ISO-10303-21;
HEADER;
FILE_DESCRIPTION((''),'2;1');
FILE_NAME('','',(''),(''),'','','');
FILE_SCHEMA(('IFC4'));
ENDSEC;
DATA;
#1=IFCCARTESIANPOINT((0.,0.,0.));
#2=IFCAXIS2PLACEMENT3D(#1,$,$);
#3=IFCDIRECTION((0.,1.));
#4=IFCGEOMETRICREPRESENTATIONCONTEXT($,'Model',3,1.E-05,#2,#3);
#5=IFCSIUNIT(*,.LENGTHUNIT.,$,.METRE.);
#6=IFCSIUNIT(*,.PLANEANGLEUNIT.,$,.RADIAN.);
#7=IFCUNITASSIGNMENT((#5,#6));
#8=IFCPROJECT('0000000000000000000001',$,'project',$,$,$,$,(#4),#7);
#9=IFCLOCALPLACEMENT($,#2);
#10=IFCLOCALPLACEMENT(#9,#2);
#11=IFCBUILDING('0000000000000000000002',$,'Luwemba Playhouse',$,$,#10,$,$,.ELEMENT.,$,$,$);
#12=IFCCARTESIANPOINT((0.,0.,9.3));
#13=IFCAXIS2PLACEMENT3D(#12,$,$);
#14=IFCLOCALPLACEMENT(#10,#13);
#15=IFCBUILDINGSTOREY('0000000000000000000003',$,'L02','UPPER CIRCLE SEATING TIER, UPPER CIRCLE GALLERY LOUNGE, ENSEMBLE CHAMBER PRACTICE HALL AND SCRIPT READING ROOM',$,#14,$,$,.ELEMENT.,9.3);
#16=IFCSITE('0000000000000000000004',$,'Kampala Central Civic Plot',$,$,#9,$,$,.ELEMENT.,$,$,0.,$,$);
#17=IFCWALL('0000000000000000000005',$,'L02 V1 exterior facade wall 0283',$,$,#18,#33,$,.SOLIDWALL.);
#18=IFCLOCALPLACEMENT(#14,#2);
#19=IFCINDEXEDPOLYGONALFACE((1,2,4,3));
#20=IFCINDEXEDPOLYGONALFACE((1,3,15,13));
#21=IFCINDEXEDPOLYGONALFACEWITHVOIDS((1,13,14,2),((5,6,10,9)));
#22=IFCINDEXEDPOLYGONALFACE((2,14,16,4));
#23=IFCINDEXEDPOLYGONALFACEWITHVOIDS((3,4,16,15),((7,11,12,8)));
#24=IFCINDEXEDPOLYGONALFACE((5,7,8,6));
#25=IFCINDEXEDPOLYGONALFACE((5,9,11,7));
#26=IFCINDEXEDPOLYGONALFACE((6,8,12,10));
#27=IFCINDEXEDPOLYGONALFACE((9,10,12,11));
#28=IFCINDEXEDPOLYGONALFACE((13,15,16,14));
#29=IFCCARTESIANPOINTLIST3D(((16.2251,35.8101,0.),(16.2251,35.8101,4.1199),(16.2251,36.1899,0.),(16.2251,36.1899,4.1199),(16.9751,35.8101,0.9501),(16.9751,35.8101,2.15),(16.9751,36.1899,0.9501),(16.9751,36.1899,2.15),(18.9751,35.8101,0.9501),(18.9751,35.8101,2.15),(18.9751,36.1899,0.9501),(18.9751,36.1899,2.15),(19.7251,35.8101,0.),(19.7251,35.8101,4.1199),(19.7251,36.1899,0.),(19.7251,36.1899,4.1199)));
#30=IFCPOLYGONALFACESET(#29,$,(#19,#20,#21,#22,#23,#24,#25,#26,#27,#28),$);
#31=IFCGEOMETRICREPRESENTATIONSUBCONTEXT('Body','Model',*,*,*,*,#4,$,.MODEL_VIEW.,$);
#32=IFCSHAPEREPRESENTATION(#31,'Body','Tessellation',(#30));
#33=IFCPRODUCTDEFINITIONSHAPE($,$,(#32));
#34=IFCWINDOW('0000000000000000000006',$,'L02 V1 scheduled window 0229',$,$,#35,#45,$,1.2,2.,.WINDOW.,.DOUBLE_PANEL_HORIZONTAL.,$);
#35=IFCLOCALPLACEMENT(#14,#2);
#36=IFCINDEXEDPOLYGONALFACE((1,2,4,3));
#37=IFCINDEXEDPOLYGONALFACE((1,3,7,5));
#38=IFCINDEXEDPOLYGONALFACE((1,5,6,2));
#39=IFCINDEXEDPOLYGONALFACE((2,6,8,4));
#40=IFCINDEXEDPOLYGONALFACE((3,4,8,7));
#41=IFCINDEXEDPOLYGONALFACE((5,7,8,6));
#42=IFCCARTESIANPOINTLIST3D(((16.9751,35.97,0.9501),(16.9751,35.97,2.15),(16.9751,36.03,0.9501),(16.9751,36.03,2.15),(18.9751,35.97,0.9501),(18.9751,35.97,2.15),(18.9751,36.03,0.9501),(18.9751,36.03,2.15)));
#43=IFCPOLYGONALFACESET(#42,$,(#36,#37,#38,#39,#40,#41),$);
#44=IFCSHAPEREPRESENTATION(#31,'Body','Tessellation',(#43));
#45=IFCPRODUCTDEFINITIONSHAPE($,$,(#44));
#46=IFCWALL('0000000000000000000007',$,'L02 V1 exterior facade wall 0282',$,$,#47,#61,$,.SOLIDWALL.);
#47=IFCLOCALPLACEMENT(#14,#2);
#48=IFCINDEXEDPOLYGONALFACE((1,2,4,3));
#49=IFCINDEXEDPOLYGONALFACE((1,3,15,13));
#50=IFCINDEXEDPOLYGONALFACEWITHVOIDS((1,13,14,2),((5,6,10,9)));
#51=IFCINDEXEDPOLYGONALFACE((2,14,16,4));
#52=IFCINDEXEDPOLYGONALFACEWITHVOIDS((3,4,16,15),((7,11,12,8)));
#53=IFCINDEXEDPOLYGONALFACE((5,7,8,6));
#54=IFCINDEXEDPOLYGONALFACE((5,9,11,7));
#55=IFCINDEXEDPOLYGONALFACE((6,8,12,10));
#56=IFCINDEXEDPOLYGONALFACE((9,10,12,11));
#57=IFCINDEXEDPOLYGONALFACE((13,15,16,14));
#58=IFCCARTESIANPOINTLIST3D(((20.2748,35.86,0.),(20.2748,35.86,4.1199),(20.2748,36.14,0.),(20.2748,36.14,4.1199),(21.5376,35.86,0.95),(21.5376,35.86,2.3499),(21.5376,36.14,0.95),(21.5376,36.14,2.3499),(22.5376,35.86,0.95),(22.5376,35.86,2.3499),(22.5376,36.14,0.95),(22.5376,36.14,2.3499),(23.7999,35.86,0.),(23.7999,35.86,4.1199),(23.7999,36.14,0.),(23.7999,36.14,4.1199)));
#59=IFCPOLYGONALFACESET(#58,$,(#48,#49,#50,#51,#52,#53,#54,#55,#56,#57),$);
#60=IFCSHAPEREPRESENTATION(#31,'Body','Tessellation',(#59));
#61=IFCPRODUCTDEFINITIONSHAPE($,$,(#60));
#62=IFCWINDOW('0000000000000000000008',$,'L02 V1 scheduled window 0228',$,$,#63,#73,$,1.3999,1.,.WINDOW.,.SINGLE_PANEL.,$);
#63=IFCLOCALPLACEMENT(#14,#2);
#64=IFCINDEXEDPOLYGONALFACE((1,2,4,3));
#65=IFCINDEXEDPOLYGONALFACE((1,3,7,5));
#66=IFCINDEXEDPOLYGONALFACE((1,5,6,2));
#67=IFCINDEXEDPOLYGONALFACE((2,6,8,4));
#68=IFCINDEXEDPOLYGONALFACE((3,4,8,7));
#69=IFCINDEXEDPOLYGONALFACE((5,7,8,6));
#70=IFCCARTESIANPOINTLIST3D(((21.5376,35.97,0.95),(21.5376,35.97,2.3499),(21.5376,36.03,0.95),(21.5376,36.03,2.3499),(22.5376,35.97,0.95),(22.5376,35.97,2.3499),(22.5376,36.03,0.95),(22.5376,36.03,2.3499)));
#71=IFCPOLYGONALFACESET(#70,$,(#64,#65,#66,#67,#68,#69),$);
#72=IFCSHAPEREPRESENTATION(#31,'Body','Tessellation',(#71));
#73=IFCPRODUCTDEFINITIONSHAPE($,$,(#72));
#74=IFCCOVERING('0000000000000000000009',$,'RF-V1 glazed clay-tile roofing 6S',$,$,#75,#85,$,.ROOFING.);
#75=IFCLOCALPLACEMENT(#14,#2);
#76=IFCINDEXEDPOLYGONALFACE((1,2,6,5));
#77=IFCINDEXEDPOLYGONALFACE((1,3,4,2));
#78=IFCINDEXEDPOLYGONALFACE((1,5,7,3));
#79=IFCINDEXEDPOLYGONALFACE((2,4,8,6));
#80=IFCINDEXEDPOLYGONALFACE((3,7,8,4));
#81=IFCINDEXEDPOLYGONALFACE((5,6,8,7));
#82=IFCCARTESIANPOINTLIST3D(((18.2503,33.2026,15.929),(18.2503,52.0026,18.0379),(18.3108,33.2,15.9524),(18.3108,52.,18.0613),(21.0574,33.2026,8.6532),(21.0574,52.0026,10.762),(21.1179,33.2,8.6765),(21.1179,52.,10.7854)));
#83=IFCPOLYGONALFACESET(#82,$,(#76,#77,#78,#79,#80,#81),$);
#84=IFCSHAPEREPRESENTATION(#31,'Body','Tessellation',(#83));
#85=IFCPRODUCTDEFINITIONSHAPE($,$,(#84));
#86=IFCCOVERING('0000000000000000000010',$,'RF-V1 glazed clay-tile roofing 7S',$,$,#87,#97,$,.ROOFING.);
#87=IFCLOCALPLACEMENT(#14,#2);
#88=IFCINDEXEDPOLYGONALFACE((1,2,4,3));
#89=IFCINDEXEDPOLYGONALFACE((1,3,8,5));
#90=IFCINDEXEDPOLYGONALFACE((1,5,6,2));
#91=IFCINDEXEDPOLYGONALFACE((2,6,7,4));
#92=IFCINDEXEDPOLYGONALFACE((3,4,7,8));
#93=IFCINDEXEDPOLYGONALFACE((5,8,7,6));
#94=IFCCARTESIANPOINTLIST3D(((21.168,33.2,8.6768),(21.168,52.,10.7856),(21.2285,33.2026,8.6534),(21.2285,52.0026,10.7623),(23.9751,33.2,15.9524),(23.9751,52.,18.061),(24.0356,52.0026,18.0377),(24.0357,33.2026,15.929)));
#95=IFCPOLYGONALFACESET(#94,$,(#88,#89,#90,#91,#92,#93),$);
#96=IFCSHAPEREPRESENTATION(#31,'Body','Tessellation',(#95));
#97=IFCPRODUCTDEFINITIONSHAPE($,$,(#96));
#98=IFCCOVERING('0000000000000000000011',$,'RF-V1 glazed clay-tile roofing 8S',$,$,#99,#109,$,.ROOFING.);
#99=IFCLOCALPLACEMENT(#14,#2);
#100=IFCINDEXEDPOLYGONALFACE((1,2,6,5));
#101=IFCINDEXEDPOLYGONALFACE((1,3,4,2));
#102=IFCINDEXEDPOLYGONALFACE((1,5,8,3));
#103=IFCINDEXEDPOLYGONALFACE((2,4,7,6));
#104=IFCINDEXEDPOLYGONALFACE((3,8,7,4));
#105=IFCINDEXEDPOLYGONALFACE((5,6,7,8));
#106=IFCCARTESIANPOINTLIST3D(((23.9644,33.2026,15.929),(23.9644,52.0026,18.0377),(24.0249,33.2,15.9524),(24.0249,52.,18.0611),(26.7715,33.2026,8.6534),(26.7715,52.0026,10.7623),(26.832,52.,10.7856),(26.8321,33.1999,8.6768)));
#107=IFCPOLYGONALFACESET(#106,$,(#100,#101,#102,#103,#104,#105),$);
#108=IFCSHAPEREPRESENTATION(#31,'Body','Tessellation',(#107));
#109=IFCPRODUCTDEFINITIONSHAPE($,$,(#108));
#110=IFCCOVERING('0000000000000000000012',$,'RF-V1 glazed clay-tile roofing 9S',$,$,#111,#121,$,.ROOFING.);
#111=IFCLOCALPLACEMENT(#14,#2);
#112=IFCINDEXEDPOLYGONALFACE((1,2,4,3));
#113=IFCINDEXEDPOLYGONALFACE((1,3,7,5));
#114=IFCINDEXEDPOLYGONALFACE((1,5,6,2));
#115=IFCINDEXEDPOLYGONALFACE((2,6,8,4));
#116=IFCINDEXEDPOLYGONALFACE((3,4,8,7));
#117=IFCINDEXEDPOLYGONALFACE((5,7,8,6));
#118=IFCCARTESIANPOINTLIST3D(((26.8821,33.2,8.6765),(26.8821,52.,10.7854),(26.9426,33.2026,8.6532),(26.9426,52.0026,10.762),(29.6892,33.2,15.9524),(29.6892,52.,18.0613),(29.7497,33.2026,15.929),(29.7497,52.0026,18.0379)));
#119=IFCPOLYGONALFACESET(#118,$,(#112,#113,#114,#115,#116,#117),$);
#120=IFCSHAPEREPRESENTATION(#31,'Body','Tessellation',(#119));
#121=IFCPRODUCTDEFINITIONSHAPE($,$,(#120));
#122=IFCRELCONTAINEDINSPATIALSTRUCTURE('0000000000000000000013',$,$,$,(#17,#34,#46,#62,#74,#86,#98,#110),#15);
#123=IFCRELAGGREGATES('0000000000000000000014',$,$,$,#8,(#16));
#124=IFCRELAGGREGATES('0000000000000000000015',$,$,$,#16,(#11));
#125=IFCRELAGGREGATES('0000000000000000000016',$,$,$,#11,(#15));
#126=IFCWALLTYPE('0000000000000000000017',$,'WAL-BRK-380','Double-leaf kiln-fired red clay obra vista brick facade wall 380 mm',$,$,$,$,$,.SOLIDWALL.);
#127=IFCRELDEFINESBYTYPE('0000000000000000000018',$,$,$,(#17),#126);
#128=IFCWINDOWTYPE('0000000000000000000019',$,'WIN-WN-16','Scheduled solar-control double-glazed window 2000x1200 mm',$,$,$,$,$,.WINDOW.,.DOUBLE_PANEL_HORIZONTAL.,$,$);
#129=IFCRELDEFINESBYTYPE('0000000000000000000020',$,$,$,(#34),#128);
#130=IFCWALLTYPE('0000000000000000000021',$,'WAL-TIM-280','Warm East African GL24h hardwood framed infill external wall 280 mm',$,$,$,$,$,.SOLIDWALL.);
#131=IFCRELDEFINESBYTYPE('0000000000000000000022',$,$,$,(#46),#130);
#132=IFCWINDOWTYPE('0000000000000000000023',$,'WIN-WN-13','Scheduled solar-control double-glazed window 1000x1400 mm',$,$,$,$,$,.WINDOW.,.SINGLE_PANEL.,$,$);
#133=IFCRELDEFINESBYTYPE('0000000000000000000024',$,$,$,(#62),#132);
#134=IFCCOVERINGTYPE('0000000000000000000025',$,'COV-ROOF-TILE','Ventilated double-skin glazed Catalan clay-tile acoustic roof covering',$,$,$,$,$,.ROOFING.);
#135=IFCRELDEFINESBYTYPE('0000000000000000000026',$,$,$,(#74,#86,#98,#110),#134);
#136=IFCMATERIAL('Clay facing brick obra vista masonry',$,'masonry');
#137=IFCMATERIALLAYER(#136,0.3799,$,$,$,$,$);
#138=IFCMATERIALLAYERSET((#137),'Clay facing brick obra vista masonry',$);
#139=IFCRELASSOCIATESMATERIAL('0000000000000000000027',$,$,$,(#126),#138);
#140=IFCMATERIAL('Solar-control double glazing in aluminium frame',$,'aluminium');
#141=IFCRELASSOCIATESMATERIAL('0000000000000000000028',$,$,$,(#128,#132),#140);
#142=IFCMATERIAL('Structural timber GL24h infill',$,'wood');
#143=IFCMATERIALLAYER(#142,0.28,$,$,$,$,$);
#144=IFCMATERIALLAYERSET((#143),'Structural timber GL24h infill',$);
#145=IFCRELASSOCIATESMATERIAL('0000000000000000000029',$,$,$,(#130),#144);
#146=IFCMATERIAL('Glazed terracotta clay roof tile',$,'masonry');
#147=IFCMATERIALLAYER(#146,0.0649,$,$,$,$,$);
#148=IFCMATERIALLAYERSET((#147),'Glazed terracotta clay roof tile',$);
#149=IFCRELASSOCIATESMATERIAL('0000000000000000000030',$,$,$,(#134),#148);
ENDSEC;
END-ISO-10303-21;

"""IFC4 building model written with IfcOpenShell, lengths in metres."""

from ifc_helpers import new_model, si_unit, direction, frame, frame_2d, origin, place, context, subcontext, project, spatial, polyline, rectangle, outline, extrude, material, layer, layer_set, type_object, element, fill, save


model = new_model("IFC4")

# Units and contexts
model_context = context("Model", 3, precision=1e-05, world=origin(), true_north=direction((0.0, 1.0)))
body_context = subcontext(model_context, "Body", "Model", "MODEL_VIEW")
ifc_project = project(units=[si_unit("LENGTHUNIT", "METRE"), si_unit("PLANEANGLEUNIT", "RADIAN")], contexts=[model_context])

# Site, building, storey
site_placement = place(None, origin())
site = spatial("IfcSite", under=ifc_project, at=site_placement, Name="Kampala Central Civic Plot", CompositionType="ELEMENT", RefElevation=0.0)
building_placement = place(site_placement, origin())
building = spatial("IfcBuilding", under=site, at=building_placement, Name="Luwemba Playhouse", CompositionType="ELEMENT")
storey_placement = place(building_placement, frame((0.0, 0.0, 9.3)))
storey = spatial("IfcBuildingStorey", under=building, at=storey_placement, Name="L02", Description="UPPER CIRCLE SEATING TIER, UPPER CIRCLE GALLERY LOUNGE, ENSEMBLE CHAMBER PRACTICE HALL AND SCRIPT READING ROOM", CompositionType="ELEMENT", Elevation=9.3)

# Walls, openings, windows
ifc_material_1 = material(Name="Clay facing brick obra vista masonry", Category="masonry")
ifc_layer_1 = layer(ifc_material_1, 0.3799)
ifc_layer_set_1 = layer_set([ifc_layer_1], Name="Clay facing brick obra vista masonry")
wall_type_1 = type_object("IfcWallType", Name="WAL-BRK-380", Description="Double-leaf kiln-fired red clay obra vista brick facade wall 380 mm", PredefinedType="SOLIDWALL", material=ifc_layer_set_1)
ifc_material_2 = material(Name="Solar-control double glazing in aluminium frame", Category="aluminium")
wall_1_placement = place(storey_placement, frame((19.7251, 36.0, 0.0), z_axis=(0.0, 0.0, 1.0), x_axis=(-1.0, 0.0, 0.0)))
wall_1 = element("IfcWall", 1, at=wall_1_placement, inside=storey, type_object=wall_type_1, Name="L02 V1 exterior facade wall 0283", PredefinedType="SOLIDWALL", context=body_context, shape_type="SweptSolid", body=[
    extrude(rectangle(XDim=3.5, YDim=0.3799, at=frame_2d((1.75, 0.0))), origin(), (0.0, 0.0, 1.0), 4.1199),
])
opening_1_placement = place(wall_1_placement, frame((0.75, 0.0, 0.95)))
opening_1 = element("IfcOpeningElement", 2, at=opening_1_placement, cuts=wall_1, PredefinedType="OPENING", context=body_context, shape_type="SweptSolid", body=[
    extrude(rectangle(XDim=2.0, YDim=1.2, at=frame_2d((1.0, 0.6001))), frame((0.0, 0.2, 0.0), z_axis=(0.0, -1.0, 0.0), x_axis=(1.0, 0.0, 0.0)), (0.0, 0.0, 1.0), 0.3999),
])
window_type_1 = type_object("IfcWindowType", Name="WIN-WN-16", Description="Scheduled solar-control double-glazed window 2000x1200 mm", PartitioningType="DOUBLE_PANEL_HORIZONTAL", PredefinedType="WINDOW", material=ifc_material_2)
window_1_placement = place(opening_1_placement, origin())
window_1 = element("IfcWindow", 3, at=window_1_placement, inside=storey, type_object=window_type_1, Name="L02 V1 scheduled window 0229", OverallHeight=1.2, OverallWidth=2.0, PartitioningType="DOUBLE_PANEL_HORIZONTAL", PredefinedType="WINDOW", context=body_context, shape_type="SweptSolid", body=[
    extrude(rectangle(XDim=2.0, YDim=1.2, at=frame_2d((1.0, 0.6001))), frame((0.0, 0.03, 0.0), z_axis=(0.0, -1.0, 0.0), x_axis=(1.0, 0.0, 0.0)), (0.0, 0.0, 1.0), 0.0601),
])
fill(opening_1, window_1)
ifc_material_3 = material(Name="Structural timber GL24h infill", Category="wood")
ifc_layer_2 = layer(ifc_material_3, 0.28)
ifc_layer_set_2 = layer_set([ifc_layer_2], Name="Structural timber GL24h infill")
wall_type_2 = type_object("IfcWallType", Name="WAL-TIM-280", Description="Warm East African GL24h hardwood framed infill external wall 280 mm", PredefinedType="SOLIDWALL", material=ifc_layer_set_2)
wall_2_placement = place(storey_placement, frame((23.8, 36.0, 0.0), z_axis=(0.0, 0.0, 1.0), x_axis=(-1.0, 0.0, 0.0)))
wall_2 = element("IfcWall", 4, at=wall_2_placement, inside=storey, type_object=wall_type_2, Name="L02 V1 exterior facade wall 0282", PredefinedType="SOLIDWALL", context=body_context, shape_type="SweptSolid", body=[
    extrude(rectangle(XDim=3.5251, YDim=0.28, at=frame_2d((1.7627, 0.0))), origin(), (0.0, 0.0, 1.0), 4.1199),
])
opening_2_placement = place(wall_2_placement, frame((1.2625, 0.0, 0.95)))
opening_2 = element("IfcOpeningElement", 5, at=opening_2_placement, cuts=wall_2, PredefinedType="OPENING", context=body_context, shape_type="SweptSolid", body=[
    extrude(rectangle(XDim=1.0, YDim=1.3999, at=frame_2d((0.5, 0.7))), frame((0.0, 0.1499, 0.0), z_axis=(0.0, -1.0, 0.0), x_axis=(1.0, 0.0, 0.0)), (0.0, 0.0, 1.0), 0.3),
])
window_type_2 = type_object("IfcWindowType", Name="WIN-WN-13", Description="Scheduled solar-control double-glazed window 1000x1400 mm", PartitioningType="SINGLE_PANEL", PredefinedType="WINDOW", material=ifc_material_2)
window_2_placement = place(opening_2_placement, origin())
window_2 = element("IfcWindow", 6, at=window_2_placement, inside=storey, type_object=window_type_2, Name="L02 V1 scheduled window 0228", OverallHeight=1.3999, OverallWidth=1.0, PartitioningType="SINGLE_PANEL", PredefinedType="WINDOW", context=body_context, shape_type="SweptSolid", body=[
    extrude(rectangle(XDim=1.0, YDim=1.3999, at=frame_2d((0.5, 0.7))), frame((0.0, 0.03, 0.0), z_axis=(0.0, -1.0, 0.0), x_axis=(1.0, 0.0, 0.0)), (0.0, 0.0, 1.0), 0.0601),
])
fill(opening_2, window_2)

# Coverings
ifc_material_4 = material(Name="Glazed terracotta clay roof tile", Category="masonry")
ifc_layer_3 = layer(ifc_material_4, 0.0649)
ifc_layer_set_3 = layer_set([ifc_layer_3], Name="Glazed terracotta clay roof tile")
covering_type = type_object("IfcCoveringType", Name="COV-ROOF-TILE", Description="Ventilated double-skin glazed Catalan clay-tile acoustic roof covering", PredefinedType="ROOFING", material=ifc_layer_set_3)
covering_1_placement = place(storey_placement, frame((18.3108, 33.2, 15.9524), z_axis=(0.932211, -0.040345, 0.359659), x_axis=(0.359952, 0.0, -0.932971)))
element("IfcCovering", 7, at=covering_1_placement, inside=storey, type_object=covering_type, Name="RF-V1 glazed clay-tile roofing 6S", PredefinedType="ROOFING", context=body_context, shape_type="SweptSolid", body=[
    extrude(outline(polyline([(0.0, 0.0), (7.7986, 0.0), (5.8311, 18.8154), (-1.9675, 18.8154), (0.0, 0.0)])), origin(), (0.0, 0.0, -1.0), 0.0649),
])
covering_2_placement = place(storey_placement, frame((21.168, 33.2, 8.6768), z_axis=(-0.932205, -0.040344, 0.359675), x_axis=(0.359968, 0.0, 0.932965)))
element("IfcCovering", 8, at=covering_2_placement, inside=storey, type_object=covering_type, Name="RF-V1 glazed clay-tile roofing 7S", PredefinedType="ROOFING", context=body_context, shape_type="SweptSolid", body=[
    extrude(outline(polyline([(0.0, 0.0), (7.7984, 0.0), (9.7657, 18.8154), (1.9675, 18.8154), (0.0, 0.0)])), origin(), (0.0, 0.0, -1.0), 0.0649),
])
covering_3_placement = place(storey_placement, frame((24.0249, 33.2, 15.9524), z_axis=(0.932205, -0.040344, 0.359675), x_axis=(0.359968, 0.0, -0.932965)))
element("IfcCovering", 9, at=covering_3_placement, inside=storey, type_object=covering_type, Name="RF-V1 glazed clay-tile roofing 8S", PredefinedType="ROOFING", context=body_context, shape_type="SweptSolid", body=[
    extrude(outline(polyline([(0.0, 0.0), (7.7984, 0.0), (5.8309, 18.8154), (-1.9673, 18.8154), (0.0, 0.0)])), origin(), (0.0, 0.0, -1.0), 0.0649),
])
covering_4_placement = place(storey_placement, frame((26.8821, 33.2, 8.6765), z_axis=(-0.932211, -0.040345, 0.359659), x_axis=(0.359952, 0.0, 0.932971)))
element("IfcCovering", 10, at=covering_4_placement, inside=storey, type_object=covering_type, Name="RF-V1 glazed clay-tile roofing 9S", PredefinedType="ROOFING", context=body_context, shape_type="SweptSolid", body=[
    extrude(outline(polyline([(0.0, 0.0), (7.7986, 0.0), (9.7661, 18.8154), (1.9675, 18.8154), (0.0, 0.0)])), origin(), (0.0, 0.0, -1.0), 0.0649),
])

save(model, "model.ifc")
